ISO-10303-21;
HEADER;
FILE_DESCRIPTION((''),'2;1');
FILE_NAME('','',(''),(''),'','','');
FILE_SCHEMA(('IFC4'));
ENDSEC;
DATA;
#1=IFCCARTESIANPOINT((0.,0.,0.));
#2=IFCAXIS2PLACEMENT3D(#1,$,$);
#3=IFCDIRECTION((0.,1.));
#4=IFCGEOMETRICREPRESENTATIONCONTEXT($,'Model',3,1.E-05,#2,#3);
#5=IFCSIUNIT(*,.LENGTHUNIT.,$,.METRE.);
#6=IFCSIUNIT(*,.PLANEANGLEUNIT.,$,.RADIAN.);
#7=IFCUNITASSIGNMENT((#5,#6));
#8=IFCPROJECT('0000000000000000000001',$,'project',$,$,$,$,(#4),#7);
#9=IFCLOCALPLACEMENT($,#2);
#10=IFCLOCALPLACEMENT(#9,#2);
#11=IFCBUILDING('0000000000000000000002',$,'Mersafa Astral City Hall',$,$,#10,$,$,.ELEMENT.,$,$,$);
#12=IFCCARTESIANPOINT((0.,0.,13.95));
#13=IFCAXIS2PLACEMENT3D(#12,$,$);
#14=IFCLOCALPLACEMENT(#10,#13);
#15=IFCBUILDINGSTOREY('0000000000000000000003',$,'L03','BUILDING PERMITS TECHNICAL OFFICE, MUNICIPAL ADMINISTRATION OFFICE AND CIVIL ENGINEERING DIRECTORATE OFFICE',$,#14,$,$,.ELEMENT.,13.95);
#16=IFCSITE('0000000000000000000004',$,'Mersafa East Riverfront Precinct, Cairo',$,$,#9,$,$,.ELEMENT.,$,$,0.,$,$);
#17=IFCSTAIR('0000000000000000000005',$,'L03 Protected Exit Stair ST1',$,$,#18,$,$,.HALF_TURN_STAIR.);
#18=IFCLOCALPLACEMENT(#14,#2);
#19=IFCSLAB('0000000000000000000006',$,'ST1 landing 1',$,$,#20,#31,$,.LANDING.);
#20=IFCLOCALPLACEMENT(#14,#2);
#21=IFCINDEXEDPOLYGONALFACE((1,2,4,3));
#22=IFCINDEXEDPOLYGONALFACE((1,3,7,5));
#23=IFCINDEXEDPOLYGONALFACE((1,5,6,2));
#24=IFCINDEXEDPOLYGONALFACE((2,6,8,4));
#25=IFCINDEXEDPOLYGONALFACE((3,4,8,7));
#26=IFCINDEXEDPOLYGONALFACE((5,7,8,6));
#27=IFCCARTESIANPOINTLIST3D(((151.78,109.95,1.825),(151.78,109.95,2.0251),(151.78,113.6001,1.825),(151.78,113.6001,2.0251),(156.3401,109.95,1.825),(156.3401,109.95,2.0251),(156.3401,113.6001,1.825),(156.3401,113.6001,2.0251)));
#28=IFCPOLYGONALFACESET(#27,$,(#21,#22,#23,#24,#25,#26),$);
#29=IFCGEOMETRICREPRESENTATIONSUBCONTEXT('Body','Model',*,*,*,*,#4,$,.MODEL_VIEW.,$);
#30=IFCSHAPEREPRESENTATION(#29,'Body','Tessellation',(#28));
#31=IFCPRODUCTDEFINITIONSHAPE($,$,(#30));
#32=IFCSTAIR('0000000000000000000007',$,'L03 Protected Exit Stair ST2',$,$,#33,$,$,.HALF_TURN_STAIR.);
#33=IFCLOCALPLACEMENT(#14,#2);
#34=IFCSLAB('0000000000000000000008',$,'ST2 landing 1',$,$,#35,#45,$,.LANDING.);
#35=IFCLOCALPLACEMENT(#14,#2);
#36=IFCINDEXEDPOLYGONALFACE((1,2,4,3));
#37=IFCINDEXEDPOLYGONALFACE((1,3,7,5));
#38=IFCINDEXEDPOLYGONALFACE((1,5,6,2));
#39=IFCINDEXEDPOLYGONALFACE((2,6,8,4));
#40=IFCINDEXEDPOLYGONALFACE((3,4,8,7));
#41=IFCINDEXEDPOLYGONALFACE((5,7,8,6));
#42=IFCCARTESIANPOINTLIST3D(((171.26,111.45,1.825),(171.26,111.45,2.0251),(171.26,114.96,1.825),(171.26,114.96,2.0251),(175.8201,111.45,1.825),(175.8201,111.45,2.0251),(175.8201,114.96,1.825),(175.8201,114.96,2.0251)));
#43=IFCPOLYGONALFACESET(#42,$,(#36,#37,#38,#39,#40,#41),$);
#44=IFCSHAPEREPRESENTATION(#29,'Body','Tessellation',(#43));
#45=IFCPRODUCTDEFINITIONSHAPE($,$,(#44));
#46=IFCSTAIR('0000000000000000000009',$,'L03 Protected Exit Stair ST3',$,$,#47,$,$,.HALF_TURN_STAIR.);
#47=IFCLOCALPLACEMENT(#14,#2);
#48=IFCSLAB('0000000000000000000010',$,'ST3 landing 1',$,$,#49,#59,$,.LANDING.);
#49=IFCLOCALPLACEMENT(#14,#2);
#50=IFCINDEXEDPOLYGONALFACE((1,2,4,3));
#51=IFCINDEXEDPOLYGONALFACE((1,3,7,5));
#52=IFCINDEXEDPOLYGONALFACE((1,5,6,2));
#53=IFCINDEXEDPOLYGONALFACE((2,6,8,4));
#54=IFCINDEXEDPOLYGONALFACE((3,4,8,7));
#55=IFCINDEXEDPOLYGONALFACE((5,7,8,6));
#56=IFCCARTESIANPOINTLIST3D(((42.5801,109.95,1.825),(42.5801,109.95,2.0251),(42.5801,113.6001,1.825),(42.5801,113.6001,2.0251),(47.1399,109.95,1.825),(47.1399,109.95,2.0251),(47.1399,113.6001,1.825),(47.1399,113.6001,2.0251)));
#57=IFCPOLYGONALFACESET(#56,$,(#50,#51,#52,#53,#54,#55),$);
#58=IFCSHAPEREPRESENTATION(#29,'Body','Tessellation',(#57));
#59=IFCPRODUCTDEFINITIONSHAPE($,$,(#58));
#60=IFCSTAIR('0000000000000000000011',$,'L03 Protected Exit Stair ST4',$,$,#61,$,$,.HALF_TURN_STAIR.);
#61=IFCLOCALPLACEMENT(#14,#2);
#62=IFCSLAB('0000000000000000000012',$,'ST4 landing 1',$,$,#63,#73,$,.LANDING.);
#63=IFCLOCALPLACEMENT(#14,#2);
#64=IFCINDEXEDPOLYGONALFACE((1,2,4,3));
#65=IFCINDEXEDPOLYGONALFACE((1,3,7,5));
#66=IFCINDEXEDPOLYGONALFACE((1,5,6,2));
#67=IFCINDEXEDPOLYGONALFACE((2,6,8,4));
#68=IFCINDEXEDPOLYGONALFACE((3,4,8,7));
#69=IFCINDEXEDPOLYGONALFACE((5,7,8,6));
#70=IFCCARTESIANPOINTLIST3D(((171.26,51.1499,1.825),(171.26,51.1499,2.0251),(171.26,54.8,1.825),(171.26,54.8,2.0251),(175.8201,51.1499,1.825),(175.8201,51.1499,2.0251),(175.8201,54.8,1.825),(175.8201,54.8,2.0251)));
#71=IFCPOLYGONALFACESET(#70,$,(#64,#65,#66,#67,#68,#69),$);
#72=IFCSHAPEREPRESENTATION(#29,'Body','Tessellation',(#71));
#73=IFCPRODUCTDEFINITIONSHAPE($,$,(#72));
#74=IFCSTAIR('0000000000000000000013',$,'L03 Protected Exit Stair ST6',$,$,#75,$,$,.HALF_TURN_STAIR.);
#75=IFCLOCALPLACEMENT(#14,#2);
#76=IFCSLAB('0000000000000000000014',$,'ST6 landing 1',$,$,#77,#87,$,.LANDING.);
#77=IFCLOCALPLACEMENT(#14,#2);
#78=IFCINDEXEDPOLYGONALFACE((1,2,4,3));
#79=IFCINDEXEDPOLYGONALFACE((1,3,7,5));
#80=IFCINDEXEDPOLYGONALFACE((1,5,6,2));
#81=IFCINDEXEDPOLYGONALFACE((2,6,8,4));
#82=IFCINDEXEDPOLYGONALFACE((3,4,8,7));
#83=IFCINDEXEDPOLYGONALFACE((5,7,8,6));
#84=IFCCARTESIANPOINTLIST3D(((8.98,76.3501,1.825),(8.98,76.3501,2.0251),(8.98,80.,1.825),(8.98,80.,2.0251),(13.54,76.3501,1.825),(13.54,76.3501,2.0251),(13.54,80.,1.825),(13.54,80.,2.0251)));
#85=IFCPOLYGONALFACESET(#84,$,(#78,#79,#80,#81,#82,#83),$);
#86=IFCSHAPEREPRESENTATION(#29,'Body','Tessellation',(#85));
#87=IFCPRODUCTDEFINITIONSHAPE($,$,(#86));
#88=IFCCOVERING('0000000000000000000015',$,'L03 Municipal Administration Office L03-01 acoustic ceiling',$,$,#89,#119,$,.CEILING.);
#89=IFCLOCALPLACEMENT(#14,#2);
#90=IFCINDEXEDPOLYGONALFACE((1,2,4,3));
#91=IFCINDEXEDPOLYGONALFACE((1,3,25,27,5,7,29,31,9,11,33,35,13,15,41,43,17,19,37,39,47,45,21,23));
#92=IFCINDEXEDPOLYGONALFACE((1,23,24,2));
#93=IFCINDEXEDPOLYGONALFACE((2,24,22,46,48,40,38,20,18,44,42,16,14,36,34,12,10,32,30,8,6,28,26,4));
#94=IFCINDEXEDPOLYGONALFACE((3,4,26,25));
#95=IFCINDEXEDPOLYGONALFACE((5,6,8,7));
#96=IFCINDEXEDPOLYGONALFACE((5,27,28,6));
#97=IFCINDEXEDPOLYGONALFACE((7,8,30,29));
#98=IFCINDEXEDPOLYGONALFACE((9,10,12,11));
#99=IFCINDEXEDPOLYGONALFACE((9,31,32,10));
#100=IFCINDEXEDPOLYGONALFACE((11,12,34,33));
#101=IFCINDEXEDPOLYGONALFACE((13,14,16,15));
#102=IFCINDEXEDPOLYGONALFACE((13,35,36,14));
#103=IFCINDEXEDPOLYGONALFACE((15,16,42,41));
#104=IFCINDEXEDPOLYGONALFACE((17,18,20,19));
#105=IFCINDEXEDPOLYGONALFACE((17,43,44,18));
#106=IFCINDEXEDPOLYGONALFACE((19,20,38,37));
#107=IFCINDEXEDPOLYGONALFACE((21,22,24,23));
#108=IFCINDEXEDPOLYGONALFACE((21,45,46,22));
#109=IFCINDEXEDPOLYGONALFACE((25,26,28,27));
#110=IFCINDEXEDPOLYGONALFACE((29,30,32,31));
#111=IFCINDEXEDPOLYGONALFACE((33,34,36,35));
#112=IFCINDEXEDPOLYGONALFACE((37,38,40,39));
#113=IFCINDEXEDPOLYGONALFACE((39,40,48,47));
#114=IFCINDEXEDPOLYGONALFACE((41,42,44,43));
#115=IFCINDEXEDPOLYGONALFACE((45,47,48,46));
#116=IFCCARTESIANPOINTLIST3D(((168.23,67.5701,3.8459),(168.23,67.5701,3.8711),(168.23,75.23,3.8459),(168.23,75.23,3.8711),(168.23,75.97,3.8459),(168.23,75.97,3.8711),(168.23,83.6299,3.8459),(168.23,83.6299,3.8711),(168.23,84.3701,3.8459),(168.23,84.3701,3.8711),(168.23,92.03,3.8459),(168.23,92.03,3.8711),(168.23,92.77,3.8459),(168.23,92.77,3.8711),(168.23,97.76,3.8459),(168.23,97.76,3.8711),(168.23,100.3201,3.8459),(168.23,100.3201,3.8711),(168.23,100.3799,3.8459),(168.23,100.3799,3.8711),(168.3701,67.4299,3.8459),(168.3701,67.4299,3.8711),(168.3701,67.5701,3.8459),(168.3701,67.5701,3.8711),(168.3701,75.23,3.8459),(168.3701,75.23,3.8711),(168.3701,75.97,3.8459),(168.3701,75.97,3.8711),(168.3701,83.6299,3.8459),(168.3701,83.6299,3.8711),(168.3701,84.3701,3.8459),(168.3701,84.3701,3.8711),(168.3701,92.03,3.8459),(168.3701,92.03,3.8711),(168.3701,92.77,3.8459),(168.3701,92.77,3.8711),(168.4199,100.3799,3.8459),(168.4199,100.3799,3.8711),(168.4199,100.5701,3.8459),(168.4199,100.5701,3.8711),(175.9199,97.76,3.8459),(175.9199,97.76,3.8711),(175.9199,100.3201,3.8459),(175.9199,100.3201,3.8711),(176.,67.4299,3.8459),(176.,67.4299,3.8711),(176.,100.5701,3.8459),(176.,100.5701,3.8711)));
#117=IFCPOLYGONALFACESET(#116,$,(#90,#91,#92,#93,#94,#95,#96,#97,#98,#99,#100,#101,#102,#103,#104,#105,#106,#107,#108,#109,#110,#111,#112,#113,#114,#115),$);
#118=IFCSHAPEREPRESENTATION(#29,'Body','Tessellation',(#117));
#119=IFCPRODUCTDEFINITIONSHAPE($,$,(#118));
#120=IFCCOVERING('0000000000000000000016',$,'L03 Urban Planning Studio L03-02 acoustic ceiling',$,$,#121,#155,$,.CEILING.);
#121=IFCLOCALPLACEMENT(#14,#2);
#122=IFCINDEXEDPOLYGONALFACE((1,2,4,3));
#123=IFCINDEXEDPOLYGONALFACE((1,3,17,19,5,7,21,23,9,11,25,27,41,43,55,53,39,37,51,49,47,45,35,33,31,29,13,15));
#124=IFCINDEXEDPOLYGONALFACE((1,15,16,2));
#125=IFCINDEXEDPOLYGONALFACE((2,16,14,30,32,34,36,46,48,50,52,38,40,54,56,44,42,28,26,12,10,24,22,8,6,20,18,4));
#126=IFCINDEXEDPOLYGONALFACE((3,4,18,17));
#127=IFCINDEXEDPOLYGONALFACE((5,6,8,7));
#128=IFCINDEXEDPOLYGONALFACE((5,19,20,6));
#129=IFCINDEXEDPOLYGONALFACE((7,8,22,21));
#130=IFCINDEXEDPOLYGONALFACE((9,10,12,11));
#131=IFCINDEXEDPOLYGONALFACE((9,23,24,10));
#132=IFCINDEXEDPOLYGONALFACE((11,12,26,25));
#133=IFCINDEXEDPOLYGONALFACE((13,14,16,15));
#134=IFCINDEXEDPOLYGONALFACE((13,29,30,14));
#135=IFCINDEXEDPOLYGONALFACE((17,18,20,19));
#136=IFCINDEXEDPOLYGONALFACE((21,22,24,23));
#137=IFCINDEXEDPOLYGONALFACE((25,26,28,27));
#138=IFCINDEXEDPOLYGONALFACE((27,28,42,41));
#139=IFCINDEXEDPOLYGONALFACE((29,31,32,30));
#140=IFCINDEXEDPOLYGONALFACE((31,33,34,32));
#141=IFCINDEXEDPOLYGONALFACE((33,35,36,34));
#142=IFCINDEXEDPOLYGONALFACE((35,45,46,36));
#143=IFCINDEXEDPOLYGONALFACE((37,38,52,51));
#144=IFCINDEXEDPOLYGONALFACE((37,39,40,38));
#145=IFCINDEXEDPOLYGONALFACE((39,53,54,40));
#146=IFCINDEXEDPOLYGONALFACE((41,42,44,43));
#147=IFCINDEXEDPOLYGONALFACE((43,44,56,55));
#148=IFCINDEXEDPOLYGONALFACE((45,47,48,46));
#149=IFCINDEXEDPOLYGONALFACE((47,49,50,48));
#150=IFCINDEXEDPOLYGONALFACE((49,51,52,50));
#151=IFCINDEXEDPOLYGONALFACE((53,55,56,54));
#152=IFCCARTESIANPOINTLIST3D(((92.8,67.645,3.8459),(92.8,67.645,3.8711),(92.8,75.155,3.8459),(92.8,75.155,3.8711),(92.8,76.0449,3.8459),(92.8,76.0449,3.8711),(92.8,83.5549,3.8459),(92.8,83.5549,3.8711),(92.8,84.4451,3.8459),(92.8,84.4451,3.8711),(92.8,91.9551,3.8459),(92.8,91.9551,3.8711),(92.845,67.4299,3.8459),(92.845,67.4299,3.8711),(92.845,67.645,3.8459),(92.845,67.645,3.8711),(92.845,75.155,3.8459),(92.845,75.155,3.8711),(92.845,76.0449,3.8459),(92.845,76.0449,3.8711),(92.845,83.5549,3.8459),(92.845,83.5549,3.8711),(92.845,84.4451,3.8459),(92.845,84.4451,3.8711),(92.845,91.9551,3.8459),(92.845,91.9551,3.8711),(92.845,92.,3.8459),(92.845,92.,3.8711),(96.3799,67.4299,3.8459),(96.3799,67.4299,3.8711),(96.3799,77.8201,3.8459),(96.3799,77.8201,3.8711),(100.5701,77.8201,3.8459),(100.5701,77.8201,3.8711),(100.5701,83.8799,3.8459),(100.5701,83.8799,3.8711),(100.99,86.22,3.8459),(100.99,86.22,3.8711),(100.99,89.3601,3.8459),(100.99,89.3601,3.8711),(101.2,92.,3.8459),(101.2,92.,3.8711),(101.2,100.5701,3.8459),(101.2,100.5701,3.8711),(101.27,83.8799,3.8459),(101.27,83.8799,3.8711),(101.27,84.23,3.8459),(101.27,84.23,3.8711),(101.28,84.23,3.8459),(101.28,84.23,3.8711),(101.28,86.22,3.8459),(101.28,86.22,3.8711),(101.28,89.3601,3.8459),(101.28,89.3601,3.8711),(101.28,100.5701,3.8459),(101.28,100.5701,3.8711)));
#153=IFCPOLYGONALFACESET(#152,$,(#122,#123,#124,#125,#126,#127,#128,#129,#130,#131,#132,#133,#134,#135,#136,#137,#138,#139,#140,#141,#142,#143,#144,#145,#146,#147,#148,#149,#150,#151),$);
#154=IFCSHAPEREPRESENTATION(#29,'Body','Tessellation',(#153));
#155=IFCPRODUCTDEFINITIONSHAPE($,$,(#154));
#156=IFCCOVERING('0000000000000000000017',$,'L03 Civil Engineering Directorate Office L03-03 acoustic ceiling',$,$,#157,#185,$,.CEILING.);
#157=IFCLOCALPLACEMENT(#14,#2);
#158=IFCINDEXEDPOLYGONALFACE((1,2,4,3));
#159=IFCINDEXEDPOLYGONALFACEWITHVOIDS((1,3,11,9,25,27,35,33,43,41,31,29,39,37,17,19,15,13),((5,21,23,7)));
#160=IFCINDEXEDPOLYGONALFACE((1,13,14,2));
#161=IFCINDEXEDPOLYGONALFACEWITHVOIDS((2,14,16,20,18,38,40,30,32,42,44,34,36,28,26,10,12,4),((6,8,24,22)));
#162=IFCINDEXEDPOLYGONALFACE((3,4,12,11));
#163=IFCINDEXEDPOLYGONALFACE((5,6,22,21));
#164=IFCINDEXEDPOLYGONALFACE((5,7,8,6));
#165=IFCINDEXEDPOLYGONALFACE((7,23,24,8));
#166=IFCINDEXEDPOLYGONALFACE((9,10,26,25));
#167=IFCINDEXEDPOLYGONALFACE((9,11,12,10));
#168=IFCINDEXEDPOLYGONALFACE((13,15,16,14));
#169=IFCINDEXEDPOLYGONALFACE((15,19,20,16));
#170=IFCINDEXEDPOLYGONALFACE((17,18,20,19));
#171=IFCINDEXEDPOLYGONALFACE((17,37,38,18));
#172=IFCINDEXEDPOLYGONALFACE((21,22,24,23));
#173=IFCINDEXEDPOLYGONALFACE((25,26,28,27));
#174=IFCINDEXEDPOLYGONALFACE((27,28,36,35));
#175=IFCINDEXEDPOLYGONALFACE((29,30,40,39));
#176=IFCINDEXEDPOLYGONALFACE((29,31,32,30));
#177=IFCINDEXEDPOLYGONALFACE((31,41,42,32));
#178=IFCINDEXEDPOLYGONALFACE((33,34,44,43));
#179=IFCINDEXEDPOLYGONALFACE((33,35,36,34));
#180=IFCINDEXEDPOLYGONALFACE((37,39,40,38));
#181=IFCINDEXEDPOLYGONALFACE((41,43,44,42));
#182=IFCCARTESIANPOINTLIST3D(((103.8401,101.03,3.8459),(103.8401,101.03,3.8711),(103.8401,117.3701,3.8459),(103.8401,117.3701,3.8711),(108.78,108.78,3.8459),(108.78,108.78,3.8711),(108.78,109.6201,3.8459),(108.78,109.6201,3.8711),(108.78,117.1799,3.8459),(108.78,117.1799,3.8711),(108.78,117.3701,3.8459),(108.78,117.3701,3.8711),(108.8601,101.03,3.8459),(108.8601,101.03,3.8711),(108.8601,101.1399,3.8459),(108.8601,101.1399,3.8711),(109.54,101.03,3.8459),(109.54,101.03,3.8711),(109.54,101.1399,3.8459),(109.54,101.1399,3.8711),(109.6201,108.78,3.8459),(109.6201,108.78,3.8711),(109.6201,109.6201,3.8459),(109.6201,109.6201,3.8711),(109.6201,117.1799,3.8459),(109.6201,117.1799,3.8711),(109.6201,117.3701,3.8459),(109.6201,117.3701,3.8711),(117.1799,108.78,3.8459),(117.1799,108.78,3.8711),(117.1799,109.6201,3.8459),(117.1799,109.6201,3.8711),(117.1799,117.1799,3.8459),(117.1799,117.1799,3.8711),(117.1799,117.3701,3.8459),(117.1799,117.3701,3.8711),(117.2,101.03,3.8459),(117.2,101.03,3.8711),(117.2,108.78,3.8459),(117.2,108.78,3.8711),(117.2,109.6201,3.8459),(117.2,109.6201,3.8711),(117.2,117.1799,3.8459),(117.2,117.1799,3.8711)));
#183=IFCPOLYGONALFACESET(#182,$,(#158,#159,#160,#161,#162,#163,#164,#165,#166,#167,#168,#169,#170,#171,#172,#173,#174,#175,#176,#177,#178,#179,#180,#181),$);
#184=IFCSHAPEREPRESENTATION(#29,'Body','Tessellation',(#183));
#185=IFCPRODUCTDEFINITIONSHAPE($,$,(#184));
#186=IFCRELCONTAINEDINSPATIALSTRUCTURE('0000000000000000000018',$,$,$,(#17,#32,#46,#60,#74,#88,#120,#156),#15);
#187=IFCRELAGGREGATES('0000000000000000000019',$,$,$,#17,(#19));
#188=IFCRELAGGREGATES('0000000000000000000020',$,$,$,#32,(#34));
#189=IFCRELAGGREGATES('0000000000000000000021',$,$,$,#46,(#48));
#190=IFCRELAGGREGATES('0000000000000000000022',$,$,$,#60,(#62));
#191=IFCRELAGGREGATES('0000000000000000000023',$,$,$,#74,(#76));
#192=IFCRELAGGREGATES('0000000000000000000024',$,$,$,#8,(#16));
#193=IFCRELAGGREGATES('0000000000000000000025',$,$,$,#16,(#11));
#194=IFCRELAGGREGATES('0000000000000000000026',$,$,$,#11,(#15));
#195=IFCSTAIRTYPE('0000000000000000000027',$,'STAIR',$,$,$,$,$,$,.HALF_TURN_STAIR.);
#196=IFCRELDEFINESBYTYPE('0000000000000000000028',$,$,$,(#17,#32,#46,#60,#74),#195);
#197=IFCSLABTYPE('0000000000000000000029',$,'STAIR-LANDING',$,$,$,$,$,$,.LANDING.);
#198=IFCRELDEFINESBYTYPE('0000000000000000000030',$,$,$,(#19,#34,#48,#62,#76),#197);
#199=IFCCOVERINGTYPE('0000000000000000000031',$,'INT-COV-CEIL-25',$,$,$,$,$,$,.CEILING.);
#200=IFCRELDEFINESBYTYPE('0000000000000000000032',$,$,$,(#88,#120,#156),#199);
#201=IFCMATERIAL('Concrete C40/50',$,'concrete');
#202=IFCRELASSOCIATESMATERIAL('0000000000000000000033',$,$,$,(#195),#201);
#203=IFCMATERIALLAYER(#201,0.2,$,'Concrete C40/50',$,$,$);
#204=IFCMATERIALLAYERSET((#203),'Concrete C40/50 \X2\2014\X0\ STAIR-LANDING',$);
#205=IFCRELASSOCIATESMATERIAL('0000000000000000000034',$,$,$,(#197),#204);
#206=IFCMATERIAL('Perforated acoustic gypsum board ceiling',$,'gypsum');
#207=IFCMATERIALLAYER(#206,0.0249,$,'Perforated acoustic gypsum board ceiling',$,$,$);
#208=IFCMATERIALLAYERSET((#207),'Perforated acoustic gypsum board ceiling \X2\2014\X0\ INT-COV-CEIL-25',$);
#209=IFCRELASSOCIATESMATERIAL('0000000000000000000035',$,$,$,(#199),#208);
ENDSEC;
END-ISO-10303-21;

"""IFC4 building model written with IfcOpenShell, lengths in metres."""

from ifc_helpers import new_model, si_unit, direction, frame, origin, place, context, subcontext, project, spatial, polyline, outline, extrude, material, layer, layer_set, type_object, element, aggregate, save


model = new_model("IFC4")

# Units and contexts
model_context = context("Model", 3, precision=1e-05, world=origin(), true_north=direction((0.0, 1.0)))
body_context = subcontext(model_context, "Body", "Model", "MODEL_VIEW")
ifc_project = project(units=[si_unit("LENGTHUNIT", "METRE"), si_unit("PLANEANGLEUNIT", "RADIAN")], contexts=[model_context])

# Site, building, storey
site_placement = place(None, origin())
site = spatial("IfcSite", under=ifc_project, at=site_placement, Name="Mersafa East Riverfront Precinct, Cairo", CompositionType="ELEMENT", RefElevation=0.0)
building_placement = place(site_placement, origin())
building = spatial("IfcBuilding", under=site, at=building_placement, Name="Mersafa Astral City Hall", CompositionType="ELEMENT")
storey_placement = place(building_placement, frame((0.0, 0.0, 13.95)))
storey = spatial("IfcBuildingStorey", under=building, at=storey_placement, Name="L03", Description="BUILDING PERMITS TECHNICAL OFFICE, MUNICIPAL ADMINISTRATION OFFICE AND CIVIL ENGINEERING DIRECTORATE OFFICE", CompositionType="ELEMENT", Elevation=13.95)

# Stairs, slabs
ifc_material_1 = material(Name="Concrete C40/50", Category="concrete")
stair_type = type_object("IfcStairType", Name="STAIR", PredefinedType="HALF_TURN_STAIR", material=ifc_material_1)
stair_1_placement = place(storey_placement, origin())
stair_1 = element("IfcStair", 1, at=stair_1_placement, inside=storey, type_object=stair_type, Name="L03 Protected Exit Stair ST1", PredefinedType="HALF_TURN_STAIR")
ifc_layer_1 = layer(ifc_material_1, 0.2, Name="Concrete C40/50")
ifc_layer_set_1 = layer_set([ifc_layer_1], Name="Concrete C40/50 — STAIR-LANDING")
slab_type = type_object("IfcSlabType", Name="STAIR-LANDING", PredefinedType="LANDING", material=ifc_layer_set_1)
slab_1_placement = place(storey_placement, frame((0.0, 0.0, 1.825)))
slab_1 = element("IfcSlab", 2, at=slab_1_placement, type_object=slab_type, Name="ST1 landing 1", PredefinedType="LANDING", context=body_context, shape_type="SweptSolid", body=[
    extrude(outline(polyline([(151.78, 113.6001), (151.78, 109.95), (156.3401, 109.95), (156.3401, 113.6001), (151.78, 113.6001)])), origin(), (0.0, 0.0, 1.0), 0.2002),
])
aggregate(stair_1, [slab_1])
stair_2_placement = place(storey_placement, origin())
stair_2 = element("IfcStair", 3, at=stair_2_placement, inside=storey, type_object=stair_type, Name="L03 Protected Exit Stair ST2", PredefinedType="HALF_TURN_STAIR")
slab_2_placement = place(storey_placement, frame((0.0, 0.0, 1.825)))
slab_2 = element("IfcSlab", 4, at=slab_2_placement, type_object=slab_type, Name="ST2 landing 1", PredefinedType="LANDING", context=body_context, shape_type="SweptSolid", body=[
    extrude(outline(polyline([(171.26, 114.96), (171.26, 111.45), (175.8201, 111.45), (175.8201, 114.96), (171.26, 114.96)])), origin(), (0.0, 0.0, 1.0), 0.2002),
])
aggregate(stair_2, [slab_2])
stair_3_placement = place(storey_placement, origin())
stair_3 = element("IfcStair", 5, at=stair_3_placement, inside=storey, type_object=stair_type, Name="L03 Protected Exit Stair ST3", PredefinedType="HALF_TURN_STAIR")
slab_3_placement = place(storey_placement, frame((0.0, 0.0, 1.825)))
slab_3 = element("IfcSlab", 6, at=slab_3_placement, type_object=slab_type, Name="ST3 landing 1", PredefinedType="LANDING", context=body_context, shape_type="SweptSolid", body=[
    extrude(outline(polyline([(42.5801, 113.6001), (42.5801, 109.95), (47.1399, 109.95), (47.1399, 113.6001), (42.5801, 113.6001)])), origin(), (0.0, 0.0, 1.0), 0.2002),
])
aggregate(stair_3, [slab_3])
stair_4_placement = place(storey_placement, origin())
stair_4 = element("IfcStair", 7, at=stair_4_placement, inside=storey, type_object=stair_type, Name="L03 Protected Exit Stair ST4", PredefinedType="HALF_TURN_STAIR")
slab_4_placement = place(storey_placement, frame((0.0, 0.0, 1.825)))
slab_4 = element("IfcSlab", 8, at=slab_4_placement, type_object=slab_type, Name="ST4 landing 1", PredefinedType="LANDING", context=body_context, shape_type="SweptSolid", body=[
    extrude(outline(polyline([(171.26, 54.8), (171.26, 51.1499), (175.8201, 51.1499), (175.8201, 54.8), (171.26, 54.8)])), origin(), (0.0, 0.0, 1.0), 0.2002),
])
aggregate(stair_4, [slab_4])
stair_5_placement = place(storey_placement, origin())
stair_5 = element("IfcStair", 9, at=stair_5_placement, inside=storey, type_object=stair_type, Name="L03 Protected Exit Stair ST6", PredefinedType="HALF_TURN_STAIR")
slab_5_placement = place(storey_placement, frame((0.0, 0.0, 1.825)))
slab_5 = element("IfcSlab", 10, at=slab_5_placement, type_object=slab_type, Name="ST6 landing 1", PredefinedType="LANDING", context=body_context, shape_type="SweptSolid", body=[
    extrude(outline(polyline([(8.98, 80.0), (8.98, 76.3501), (13.54, 76.3501), (13.54, 80.0), (8.98, 80.0)])), origin(), (0.0, 0.0, 1.0), 0.2002),
])
aggregate(stair_5, [slab_5])

# Coverings
ifc_material_2 = material(Name="Perforated acoustic gypsum board ceiling", Category="gypsum")
ifc_layer_2 = layer(ifc_material_2, 0.0249, Name="Perforated acoustic gypsum board ceiling")
ifc_layer_set_2 = layer_set([ifc_layer_2], Name="Perforated acoustic gypsum board ceiling — INT-COV-CEIL-25")
covering_type_1 = type_object("IfcCoveringType", Name="INT-COV-CEIL-25", PredefinedType="CEILING", material=ifc_layer_set_2)
covering_1_placement = place(storey_placement, frame((0.0, 0.0, 3.8459)))
element("IfcCovering", 11, at=covering_1_placement, inside=storey, type_object=covering_type_1, Name="L03 Municipal Administration Office L03-01 acoustic ceiling", PredefinedType="CEILING", context=body_context, shape_type="SweptSolid", body=[
    extrude(outline(polyline([(168.23, 92.03), (168.3701, 92.03), (168.3701, 92.77), (168.23, 92.77), (168.23, 97.76), (175.9199, 97.76), (175.9199, 100.3201), (168.23, 100.3201), (168.23, 100.3799), (168.4199, 100.3799), (168.4199, 100.5701), (176.0, 100.5701), (176.0, 67.4299), (168.3701, 67.4299), (168.3701, 67.5701), (168.23, 67.5701), (168.23, 75.23), (168.3701, 75.23), (168.3701, 75.97), (168.23, 75.97), (168.23, 83.6299), (168.3701, 83.6299), (168.3701, 84.3701), (168.23, 84.3701), (168.23, 92.03)])), origin(), (0.0, 0.0, 1.0), 0.0251),
])
covering_2_placement = place(storey_placement, frame((0.0, 0.0, 3.8459)))
element("IfcCovering", 12, at=covering_2_placement, inside=storey, type_object=covering_type_1, Name="L03 Urban Planning Studio L03-02 acoustic ceiling", PredefinedType="CEILING", context=body_context, shape_type="SweptSolid", body=[
    extrude(outline(polyline([(92.845, 91.9551), (92.845, 92.0), (101.2, 92.0), (101.2, 100.5701), (101.28, 100.5701), (101.28, 89.3601), (100.99, 89.3601), (100.99, 86.22), (101.28, 86.22), (101.28, 84.23), (101.27, 84.23), (101.27, 83.8799), (100.5701, 83.8799), (100.5701, 77.8201), (96.3799, 77.8201), (96.3799, 67.4299), (92.845, 67.4299), (92.845, 67.645), (92.8, 67.645), (92.8, 75.155), (92.845, 75.155), (92.845, 76.0449), (92.8, 76.0449), (92.8, 83.5549), (92.845, 83.5549), (92.845, 84.4451), (92.8, 84.4451), (92.8, 91.9551), (92.845, 91.9551)])), origin(), (0.0, 0.0, 1.0), 0.0251),
])
covering_3_placement = place(storey_placement, frame((0.0, 0.0, 3.8459)))
element("IfcCovering", 13, at=covering_3_placement, inside=storey, type_object=covering_type_1, Name="L03 Civil Engineering Directorate Office L03-03 acoustic ceiling", PredefinedType="CEILING", context=body_context, shape_type="SweptSolid", body=[
    extrude(outline(polyline([(103.8401, 101.03), (103.8401, 117.3701), (108.78, 117.3701), (108.78, 117.1799), (109.6201, 117.1799), (109.6201, 117.3701), (117.1799, 117.3701), (117.1799, 117.1799), (117.2, 117.1799), (117.2, 109.6201), (117.1799, 109.6201), (117.1799, 108.78), (117.2, 108.78), (117.2, 101.03), (109.54, 101.03), (109.54, 101.1399), (108.8601, 101.1399), (108.8601, 101.03), (103.8401, 101.03)]), holes=[polyline([(109.6201, 108.78), (109.6201, 109.6201), (108.78, 109.6201), (108.78, 108.78), (109.6201, 108.78)])]), origin(), (0.0, 0.0, 1.0), 0.0251),
])

save(model, "model.ifc")
